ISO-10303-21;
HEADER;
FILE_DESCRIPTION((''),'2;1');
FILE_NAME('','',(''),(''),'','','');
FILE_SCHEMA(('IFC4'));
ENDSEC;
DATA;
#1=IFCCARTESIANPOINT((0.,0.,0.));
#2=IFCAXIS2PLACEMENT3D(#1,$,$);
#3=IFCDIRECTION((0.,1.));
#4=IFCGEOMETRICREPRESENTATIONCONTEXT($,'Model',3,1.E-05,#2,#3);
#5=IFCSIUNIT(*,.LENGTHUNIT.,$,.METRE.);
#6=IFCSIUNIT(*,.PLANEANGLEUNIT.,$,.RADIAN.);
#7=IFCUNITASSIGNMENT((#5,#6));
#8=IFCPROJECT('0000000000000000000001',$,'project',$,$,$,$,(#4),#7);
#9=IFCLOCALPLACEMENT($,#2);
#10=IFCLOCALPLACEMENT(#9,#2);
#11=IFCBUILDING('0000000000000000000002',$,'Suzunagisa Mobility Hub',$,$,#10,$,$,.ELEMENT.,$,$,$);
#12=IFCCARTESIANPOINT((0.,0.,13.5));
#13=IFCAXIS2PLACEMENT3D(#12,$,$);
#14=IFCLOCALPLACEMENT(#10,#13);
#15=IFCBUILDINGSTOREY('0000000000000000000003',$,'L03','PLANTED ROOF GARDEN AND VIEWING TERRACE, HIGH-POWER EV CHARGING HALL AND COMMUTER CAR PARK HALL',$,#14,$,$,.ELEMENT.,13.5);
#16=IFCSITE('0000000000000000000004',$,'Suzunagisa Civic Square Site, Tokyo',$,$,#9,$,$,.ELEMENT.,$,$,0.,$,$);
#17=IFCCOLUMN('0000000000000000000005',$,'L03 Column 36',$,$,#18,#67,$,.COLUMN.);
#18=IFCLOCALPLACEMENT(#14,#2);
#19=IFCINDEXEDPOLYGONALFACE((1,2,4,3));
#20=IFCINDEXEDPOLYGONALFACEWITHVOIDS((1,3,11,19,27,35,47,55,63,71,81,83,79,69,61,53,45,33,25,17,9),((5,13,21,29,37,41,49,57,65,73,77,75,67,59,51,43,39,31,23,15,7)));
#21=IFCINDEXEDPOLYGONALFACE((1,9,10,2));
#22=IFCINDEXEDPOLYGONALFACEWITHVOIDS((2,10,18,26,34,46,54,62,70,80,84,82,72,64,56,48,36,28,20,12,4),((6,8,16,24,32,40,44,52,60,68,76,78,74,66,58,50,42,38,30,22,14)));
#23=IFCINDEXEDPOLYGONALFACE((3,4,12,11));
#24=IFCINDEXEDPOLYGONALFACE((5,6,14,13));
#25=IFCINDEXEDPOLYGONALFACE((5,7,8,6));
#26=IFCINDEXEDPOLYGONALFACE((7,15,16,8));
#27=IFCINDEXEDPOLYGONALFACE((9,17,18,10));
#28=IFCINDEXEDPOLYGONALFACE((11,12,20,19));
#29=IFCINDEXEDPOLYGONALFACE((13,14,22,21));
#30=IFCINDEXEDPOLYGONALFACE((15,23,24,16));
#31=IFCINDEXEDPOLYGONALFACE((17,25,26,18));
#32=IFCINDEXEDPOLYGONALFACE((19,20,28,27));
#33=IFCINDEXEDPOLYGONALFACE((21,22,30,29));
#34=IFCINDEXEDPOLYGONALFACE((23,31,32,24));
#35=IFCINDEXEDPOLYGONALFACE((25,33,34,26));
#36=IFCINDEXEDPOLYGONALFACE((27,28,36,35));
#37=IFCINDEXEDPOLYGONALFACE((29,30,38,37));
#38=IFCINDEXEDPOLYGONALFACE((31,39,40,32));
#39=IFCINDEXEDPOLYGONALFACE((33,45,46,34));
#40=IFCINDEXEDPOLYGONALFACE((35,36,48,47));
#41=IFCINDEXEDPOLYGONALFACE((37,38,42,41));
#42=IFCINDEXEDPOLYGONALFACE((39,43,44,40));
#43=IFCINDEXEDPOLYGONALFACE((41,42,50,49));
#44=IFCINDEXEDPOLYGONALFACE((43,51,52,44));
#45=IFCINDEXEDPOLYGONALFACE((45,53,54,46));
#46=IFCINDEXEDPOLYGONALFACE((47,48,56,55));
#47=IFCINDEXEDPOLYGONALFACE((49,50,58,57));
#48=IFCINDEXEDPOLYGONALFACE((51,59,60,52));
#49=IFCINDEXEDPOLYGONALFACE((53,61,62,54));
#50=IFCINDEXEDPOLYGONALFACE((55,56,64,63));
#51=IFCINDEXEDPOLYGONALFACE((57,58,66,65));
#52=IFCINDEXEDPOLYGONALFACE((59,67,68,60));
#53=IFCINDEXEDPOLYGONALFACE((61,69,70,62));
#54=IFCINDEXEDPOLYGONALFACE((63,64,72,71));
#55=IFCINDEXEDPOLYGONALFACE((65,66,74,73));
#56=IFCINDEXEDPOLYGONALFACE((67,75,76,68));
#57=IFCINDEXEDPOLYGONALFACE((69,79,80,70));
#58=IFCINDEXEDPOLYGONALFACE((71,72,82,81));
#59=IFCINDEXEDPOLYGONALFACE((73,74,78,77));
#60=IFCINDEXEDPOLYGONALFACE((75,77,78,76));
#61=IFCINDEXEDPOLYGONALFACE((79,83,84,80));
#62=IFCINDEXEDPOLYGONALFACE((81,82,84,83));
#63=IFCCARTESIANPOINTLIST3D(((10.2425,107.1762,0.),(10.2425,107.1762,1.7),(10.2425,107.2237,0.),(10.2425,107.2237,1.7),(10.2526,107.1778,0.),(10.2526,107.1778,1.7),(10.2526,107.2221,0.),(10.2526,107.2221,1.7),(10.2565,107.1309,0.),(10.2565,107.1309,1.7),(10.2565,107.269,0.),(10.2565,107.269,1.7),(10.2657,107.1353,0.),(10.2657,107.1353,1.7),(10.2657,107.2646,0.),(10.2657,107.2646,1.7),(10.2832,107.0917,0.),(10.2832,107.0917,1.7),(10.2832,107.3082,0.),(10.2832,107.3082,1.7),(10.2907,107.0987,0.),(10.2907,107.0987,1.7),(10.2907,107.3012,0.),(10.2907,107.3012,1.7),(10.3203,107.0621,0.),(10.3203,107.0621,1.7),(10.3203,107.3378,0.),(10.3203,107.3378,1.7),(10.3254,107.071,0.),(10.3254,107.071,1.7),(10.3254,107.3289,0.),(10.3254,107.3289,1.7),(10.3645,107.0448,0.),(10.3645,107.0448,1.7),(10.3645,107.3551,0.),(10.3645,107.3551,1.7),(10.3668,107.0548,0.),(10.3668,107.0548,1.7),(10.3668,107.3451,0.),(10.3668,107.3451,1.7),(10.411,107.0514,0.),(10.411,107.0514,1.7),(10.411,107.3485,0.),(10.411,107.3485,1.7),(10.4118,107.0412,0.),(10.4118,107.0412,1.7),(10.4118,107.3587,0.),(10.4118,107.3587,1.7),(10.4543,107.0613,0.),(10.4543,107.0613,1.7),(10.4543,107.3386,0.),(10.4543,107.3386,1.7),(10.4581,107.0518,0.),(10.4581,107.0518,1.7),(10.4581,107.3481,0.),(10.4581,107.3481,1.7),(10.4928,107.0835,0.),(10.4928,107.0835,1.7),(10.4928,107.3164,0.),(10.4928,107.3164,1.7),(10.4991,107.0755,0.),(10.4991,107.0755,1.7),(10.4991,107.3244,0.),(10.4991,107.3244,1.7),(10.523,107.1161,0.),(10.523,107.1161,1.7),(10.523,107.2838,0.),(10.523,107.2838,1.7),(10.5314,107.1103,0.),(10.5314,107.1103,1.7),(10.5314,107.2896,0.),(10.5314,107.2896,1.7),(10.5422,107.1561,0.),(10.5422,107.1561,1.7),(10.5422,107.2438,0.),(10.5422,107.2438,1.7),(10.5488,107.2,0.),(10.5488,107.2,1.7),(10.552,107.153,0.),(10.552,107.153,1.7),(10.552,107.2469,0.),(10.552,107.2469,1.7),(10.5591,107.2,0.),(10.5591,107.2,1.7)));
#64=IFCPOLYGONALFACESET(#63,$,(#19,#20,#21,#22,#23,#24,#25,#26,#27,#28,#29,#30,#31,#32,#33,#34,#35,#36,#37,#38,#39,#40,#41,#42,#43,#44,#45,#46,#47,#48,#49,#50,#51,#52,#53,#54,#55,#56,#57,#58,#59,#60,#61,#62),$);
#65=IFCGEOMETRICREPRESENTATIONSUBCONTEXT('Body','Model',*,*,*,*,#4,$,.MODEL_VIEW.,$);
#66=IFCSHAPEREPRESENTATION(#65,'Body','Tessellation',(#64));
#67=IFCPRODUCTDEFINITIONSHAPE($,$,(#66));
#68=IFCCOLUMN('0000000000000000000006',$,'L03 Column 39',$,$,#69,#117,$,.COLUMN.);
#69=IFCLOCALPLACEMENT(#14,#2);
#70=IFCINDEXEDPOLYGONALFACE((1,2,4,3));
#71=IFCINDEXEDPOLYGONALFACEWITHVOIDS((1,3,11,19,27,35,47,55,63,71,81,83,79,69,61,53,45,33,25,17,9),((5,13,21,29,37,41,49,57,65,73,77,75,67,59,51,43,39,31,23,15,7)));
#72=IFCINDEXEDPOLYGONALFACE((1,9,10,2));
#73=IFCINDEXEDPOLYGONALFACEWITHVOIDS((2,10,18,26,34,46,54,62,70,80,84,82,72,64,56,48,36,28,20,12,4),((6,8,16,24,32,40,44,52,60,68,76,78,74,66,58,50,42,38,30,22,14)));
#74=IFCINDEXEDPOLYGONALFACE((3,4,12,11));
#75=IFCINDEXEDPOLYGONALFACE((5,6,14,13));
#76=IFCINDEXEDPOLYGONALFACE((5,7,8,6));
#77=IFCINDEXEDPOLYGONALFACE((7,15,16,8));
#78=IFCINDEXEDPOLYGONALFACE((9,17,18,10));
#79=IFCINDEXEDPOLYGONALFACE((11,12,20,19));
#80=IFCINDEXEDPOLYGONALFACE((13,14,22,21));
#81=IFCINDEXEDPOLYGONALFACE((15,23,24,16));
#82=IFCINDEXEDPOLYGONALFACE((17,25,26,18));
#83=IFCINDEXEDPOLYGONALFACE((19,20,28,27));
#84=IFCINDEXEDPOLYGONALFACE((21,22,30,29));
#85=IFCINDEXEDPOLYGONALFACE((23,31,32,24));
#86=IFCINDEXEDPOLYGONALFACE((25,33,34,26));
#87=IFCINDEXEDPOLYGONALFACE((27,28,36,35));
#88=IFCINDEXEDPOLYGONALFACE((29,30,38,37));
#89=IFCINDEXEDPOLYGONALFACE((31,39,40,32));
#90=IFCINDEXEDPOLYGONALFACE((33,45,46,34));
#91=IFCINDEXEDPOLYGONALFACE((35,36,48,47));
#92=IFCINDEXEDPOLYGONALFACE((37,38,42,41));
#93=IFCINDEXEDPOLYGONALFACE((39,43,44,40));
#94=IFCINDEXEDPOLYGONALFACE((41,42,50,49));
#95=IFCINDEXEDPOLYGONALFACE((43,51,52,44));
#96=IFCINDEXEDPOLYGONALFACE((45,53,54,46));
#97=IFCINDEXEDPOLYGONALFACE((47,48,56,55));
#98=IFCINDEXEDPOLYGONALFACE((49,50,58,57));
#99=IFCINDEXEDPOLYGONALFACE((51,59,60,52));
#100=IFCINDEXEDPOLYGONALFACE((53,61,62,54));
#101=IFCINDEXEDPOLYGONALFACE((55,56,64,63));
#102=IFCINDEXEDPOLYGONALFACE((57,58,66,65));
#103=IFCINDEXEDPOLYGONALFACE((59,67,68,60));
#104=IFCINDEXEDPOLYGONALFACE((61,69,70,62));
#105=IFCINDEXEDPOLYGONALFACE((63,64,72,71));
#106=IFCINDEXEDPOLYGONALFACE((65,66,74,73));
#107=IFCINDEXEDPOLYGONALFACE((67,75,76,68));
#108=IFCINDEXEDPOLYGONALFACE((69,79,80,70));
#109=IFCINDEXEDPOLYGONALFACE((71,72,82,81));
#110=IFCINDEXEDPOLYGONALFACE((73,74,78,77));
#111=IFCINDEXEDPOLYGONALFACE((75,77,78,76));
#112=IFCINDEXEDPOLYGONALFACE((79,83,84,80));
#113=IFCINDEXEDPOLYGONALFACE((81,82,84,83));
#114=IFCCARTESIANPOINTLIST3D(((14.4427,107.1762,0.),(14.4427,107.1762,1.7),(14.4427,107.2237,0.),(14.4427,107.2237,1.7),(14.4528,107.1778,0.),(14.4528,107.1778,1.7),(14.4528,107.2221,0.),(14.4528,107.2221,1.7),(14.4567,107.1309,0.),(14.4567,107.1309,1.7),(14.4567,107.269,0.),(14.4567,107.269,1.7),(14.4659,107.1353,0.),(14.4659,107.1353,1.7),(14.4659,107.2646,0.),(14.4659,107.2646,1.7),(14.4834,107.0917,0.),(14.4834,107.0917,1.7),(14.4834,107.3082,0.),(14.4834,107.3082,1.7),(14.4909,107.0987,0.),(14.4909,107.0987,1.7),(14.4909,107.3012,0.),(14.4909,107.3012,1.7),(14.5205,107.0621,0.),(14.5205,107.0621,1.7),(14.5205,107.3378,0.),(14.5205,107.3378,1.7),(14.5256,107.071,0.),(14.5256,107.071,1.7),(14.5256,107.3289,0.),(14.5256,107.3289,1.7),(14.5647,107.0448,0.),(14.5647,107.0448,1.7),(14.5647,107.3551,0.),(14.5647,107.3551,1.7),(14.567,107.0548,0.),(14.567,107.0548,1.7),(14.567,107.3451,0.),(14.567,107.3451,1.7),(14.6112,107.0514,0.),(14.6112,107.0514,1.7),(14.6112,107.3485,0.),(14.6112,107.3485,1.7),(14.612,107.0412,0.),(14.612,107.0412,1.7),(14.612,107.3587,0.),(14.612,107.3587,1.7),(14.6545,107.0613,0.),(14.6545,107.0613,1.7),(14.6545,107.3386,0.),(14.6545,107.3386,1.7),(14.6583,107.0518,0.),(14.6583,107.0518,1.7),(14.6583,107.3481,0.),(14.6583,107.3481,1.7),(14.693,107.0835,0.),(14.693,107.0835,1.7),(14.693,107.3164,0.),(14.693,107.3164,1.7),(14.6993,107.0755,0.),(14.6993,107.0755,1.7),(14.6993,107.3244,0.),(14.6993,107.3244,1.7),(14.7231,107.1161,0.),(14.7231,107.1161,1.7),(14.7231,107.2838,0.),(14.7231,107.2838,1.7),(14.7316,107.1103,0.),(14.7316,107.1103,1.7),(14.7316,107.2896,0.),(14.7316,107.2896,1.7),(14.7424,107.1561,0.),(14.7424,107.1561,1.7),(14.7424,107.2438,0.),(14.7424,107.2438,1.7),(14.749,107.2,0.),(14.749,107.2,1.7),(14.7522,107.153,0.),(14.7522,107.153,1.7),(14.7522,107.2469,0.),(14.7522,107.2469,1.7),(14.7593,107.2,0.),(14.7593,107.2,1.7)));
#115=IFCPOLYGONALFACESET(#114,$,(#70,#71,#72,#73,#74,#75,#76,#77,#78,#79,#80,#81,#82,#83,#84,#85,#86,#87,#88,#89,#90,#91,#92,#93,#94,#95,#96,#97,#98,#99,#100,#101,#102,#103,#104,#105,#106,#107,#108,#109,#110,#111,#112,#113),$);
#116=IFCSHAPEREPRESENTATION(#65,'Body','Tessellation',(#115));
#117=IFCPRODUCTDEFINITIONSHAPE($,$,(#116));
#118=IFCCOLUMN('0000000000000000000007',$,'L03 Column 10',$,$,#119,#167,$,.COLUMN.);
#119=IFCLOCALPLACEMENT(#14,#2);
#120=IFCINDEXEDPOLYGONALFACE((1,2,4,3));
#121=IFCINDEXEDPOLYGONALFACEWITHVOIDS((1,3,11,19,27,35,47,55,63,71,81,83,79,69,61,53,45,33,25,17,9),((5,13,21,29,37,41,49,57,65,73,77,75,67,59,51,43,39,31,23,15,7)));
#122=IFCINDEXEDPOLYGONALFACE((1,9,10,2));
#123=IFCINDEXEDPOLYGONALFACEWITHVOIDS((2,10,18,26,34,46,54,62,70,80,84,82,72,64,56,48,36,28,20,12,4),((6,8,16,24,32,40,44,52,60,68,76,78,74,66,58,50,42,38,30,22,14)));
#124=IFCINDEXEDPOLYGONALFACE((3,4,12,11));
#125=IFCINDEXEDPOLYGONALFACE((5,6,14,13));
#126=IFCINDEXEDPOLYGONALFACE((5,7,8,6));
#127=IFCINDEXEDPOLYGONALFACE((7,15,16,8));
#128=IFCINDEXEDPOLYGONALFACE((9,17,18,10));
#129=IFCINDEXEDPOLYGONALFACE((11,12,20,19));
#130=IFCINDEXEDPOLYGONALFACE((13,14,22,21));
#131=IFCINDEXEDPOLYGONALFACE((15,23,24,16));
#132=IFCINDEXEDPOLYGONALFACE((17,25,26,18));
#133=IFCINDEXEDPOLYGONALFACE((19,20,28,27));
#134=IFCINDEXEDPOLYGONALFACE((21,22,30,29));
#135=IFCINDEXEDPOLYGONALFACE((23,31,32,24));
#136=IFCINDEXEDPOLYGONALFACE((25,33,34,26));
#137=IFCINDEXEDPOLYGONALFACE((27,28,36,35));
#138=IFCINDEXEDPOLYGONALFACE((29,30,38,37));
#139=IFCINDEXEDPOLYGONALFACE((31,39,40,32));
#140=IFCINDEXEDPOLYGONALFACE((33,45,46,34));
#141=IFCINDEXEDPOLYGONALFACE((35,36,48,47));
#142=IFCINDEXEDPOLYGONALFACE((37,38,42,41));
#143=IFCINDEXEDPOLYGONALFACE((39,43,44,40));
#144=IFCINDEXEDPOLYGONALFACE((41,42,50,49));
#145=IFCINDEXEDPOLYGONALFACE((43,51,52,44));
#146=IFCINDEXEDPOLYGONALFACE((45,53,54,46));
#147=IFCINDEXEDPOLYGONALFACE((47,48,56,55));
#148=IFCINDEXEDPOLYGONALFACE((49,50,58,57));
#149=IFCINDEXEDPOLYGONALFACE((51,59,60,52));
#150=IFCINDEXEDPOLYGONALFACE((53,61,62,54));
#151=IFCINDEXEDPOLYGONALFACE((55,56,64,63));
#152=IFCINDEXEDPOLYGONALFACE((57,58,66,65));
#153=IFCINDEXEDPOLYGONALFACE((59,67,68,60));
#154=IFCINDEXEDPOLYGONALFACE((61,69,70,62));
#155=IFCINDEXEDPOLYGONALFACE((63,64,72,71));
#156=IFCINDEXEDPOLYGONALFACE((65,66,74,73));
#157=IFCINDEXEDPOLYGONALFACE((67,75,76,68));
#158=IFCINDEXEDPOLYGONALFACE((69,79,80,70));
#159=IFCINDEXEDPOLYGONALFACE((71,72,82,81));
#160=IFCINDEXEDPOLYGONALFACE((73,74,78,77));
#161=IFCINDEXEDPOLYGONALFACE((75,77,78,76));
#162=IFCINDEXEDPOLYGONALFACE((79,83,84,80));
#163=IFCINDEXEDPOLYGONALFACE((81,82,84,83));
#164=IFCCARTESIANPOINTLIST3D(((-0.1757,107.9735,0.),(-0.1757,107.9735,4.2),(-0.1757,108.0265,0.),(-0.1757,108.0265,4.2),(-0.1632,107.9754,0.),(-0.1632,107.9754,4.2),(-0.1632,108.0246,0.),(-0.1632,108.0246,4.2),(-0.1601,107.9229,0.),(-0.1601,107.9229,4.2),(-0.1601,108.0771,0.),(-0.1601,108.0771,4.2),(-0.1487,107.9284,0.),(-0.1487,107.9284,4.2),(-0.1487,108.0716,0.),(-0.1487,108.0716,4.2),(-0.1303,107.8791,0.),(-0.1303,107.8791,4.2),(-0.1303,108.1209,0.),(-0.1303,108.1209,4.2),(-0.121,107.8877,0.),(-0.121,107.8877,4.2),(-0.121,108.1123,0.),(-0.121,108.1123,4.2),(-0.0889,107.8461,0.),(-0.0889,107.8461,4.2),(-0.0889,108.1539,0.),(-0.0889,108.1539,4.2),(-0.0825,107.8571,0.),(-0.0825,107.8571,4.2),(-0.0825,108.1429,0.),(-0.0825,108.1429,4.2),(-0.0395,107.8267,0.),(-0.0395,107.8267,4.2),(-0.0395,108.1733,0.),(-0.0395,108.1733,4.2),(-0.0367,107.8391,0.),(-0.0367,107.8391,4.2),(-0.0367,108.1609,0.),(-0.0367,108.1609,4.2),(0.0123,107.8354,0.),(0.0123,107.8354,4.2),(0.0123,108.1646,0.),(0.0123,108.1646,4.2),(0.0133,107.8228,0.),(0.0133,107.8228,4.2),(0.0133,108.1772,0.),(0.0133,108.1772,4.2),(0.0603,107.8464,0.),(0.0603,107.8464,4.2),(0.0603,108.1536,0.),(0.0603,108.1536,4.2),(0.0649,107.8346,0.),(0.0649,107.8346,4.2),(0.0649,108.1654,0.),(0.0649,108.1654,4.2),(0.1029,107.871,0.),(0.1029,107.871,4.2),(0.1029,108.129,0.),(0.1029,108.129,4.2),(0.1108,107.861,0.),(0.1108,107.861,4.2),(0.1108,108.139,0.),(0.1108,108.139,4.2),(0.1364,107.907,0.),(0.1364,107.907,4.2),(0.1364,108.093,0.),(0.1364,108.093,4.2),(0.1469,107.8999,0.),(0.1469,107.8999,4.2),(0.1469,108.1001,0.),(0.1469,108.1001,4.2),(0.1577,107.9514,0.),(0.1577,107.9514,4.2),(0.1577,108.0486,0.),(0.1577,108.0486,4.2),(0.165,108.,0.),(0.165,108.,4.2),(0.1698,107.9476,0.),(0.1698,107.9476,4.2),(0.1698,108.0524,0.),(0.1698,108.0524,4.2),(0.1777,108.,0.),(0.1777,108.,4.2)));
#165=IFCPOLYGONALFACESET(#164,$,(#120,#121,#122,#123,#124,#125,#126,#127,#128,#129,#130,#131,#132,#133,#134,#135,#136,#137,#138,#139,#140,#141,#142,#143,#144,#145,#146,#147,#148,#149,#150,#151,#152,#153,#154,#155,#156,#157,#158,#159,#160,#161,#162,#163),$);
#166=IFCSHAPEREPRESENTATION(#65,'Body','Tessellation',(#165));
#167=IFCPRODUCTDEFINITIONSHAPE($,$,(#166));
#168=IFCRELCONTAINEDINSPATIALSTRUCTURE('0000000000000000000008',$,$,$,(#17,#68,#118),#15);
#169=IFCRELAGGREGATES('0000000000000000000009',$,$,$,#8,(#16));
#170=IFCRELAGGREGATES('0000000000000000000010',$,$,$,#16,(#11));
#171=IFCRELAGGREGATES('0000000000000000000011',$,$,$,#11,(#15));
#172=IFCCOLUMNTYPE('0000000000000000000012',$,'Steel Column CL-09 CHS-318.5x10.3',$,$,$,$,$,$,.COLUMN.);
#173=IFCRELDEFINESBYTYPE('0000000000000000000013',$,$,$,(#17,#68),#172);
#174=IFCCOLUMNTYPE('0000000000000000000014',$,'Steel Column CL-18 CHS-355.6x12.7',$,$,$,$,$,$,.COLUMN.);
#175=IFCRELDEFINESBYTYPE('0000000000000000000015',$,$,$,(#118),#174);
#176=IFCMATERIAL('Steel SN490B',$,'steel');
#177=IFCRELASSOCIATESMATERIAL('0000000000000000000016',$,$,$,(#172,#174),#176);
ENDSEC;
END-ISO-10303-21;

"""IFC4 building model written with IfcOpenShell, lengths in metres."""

from ifc_helpers import new_model, si_unit, direction, frame, origin, origin_2d, place, context, subcontext, project, spatial, hollow_circle, extrude, material, material_profile, profile_set, type_object, element, save


model = new_model("IFC4")

# Units and contexts
model_context = context("Model", 3, precision=1e-05, world=origin(), true_north=direction((0.0, 1.0)))
body_context = subcontext(model_context, "Body", "Model", "MODEL_VIEW")
ifc_project = project(units=[si_unit("LENGTHUNIT", "METRE"), si_unit("PLANEANGLEUNIT", "RADIAN")], contexts=[model_context])

# Site, building, storey
site_placement = place(None, origin())
site = spatial("IfcSite", under=ifc_project, at=site_placement, Name="Suzunagisa Civic Square Site, Tokyo", CompositionType="ELEMENT", RefElevation=0.0)
building_placement = place(site_placement, origin())
building = spatial("IfcBuilding", under=site, at=building_placement, Name="Suzunagisa Mobility Hub", CompositionType="ELEMENT")
storey_placement = place(building_placement, frame((0.0, 0.0, 13.5)))
storey = spatial("IfcBuildingStorey", under=building, at=storey_placement, Name="L03", Description="PLANTED ROOF GARDEN AND VIEWING TERRACE, HIGH-POWER EV CHARGING HALL AND COMMUTER CAR PARK HALL", CompositionType="ELEMENT", Elevation=13.5)

# Columns
ifc_material_1 = material(Name="Steel SN490B", Category="steel")
ifc_material_profile_1 = material_profile(ifc_material_1, hollow_circle(Radius=0.1592, WallThickness=0.0103, at=origin_2d()), Name="CHS-318.5x10.3")
ifc_profile_set_1 = profile_set([ifc_material_profile_1], Name="Steel SN490B")
column_type_1 = type_object("IfcColumnType", Name="Steel Column CL-09 CHS-318.5x10.3", PredefinedType="COLUMN", material=ifc_profile_set_1)
for number, where, z_axis, x_axis, name in (
    (1, (10.3999, 107.2, 0.0), (0.0, 0.0, 1.0), (1.0, 0.0, 0.0), "L03 Column 36"),
    (2, (14.6001, 107.2, 0.0), (0.0, 0.0, 1.0), (1.0, 0.0, 0.0), "L03 Column 39"),
):
    element("IfcColumn", number, at=place(storey_placement, frame(where, z_axis=z_axis, x_axis=x_axis)), inside=storey, type_object=column_type_1, Name=name, PredefinedType="COLUMN", context=body_context, shape_type="SweptSolid", body=[
        extrude(hollow_circle(Radius=0.1592, WallThickness=0.0103, at=origin_2d()), origin(), (0.0, 0.0, 1.0), 1.7),
    ])
ifc_material_profile_2 = material_profile(ifc_material_1, hollow_circle(Radius=0.1777, WallThickness=0.0127, at=origin_2d()), Name="CHS-355.6x12.7")
ifc_profile_set_2 = profile_set([ifc_material_profile_2], Name="Steel SN490B")
column_type_2 = type_object("IfcColumnType", Name="Steel Column CL-18 CHS-355.6x12.7", PredefinedType="COLUMN", material=ifc_profile_set_2)
for number, where, z_axis, x_axis, name in (
    (3, (0.0, 108.0, 0.0), (0.0, 0.0, 1.0), (1.0, 0.0, 0.0), "L03 Column 10"),
):
    element("IfcColumn", number, at=place(storey_placement, frame(where, z_axis=z_axis, x_axis=x_axis)), inside=storey, type_object=column_type_2, Name=name, PredefinedType="COLUMN", context=body_context, shape_type="SweptSolid", body=[
        extrude(hollow_circle(Radius=0.1777, WallThickness=0.0127, at=origin_2d()), origin(), (0.0, 0.0, 1.0), 4.2),
    ])

save(model, "model.ifc")
